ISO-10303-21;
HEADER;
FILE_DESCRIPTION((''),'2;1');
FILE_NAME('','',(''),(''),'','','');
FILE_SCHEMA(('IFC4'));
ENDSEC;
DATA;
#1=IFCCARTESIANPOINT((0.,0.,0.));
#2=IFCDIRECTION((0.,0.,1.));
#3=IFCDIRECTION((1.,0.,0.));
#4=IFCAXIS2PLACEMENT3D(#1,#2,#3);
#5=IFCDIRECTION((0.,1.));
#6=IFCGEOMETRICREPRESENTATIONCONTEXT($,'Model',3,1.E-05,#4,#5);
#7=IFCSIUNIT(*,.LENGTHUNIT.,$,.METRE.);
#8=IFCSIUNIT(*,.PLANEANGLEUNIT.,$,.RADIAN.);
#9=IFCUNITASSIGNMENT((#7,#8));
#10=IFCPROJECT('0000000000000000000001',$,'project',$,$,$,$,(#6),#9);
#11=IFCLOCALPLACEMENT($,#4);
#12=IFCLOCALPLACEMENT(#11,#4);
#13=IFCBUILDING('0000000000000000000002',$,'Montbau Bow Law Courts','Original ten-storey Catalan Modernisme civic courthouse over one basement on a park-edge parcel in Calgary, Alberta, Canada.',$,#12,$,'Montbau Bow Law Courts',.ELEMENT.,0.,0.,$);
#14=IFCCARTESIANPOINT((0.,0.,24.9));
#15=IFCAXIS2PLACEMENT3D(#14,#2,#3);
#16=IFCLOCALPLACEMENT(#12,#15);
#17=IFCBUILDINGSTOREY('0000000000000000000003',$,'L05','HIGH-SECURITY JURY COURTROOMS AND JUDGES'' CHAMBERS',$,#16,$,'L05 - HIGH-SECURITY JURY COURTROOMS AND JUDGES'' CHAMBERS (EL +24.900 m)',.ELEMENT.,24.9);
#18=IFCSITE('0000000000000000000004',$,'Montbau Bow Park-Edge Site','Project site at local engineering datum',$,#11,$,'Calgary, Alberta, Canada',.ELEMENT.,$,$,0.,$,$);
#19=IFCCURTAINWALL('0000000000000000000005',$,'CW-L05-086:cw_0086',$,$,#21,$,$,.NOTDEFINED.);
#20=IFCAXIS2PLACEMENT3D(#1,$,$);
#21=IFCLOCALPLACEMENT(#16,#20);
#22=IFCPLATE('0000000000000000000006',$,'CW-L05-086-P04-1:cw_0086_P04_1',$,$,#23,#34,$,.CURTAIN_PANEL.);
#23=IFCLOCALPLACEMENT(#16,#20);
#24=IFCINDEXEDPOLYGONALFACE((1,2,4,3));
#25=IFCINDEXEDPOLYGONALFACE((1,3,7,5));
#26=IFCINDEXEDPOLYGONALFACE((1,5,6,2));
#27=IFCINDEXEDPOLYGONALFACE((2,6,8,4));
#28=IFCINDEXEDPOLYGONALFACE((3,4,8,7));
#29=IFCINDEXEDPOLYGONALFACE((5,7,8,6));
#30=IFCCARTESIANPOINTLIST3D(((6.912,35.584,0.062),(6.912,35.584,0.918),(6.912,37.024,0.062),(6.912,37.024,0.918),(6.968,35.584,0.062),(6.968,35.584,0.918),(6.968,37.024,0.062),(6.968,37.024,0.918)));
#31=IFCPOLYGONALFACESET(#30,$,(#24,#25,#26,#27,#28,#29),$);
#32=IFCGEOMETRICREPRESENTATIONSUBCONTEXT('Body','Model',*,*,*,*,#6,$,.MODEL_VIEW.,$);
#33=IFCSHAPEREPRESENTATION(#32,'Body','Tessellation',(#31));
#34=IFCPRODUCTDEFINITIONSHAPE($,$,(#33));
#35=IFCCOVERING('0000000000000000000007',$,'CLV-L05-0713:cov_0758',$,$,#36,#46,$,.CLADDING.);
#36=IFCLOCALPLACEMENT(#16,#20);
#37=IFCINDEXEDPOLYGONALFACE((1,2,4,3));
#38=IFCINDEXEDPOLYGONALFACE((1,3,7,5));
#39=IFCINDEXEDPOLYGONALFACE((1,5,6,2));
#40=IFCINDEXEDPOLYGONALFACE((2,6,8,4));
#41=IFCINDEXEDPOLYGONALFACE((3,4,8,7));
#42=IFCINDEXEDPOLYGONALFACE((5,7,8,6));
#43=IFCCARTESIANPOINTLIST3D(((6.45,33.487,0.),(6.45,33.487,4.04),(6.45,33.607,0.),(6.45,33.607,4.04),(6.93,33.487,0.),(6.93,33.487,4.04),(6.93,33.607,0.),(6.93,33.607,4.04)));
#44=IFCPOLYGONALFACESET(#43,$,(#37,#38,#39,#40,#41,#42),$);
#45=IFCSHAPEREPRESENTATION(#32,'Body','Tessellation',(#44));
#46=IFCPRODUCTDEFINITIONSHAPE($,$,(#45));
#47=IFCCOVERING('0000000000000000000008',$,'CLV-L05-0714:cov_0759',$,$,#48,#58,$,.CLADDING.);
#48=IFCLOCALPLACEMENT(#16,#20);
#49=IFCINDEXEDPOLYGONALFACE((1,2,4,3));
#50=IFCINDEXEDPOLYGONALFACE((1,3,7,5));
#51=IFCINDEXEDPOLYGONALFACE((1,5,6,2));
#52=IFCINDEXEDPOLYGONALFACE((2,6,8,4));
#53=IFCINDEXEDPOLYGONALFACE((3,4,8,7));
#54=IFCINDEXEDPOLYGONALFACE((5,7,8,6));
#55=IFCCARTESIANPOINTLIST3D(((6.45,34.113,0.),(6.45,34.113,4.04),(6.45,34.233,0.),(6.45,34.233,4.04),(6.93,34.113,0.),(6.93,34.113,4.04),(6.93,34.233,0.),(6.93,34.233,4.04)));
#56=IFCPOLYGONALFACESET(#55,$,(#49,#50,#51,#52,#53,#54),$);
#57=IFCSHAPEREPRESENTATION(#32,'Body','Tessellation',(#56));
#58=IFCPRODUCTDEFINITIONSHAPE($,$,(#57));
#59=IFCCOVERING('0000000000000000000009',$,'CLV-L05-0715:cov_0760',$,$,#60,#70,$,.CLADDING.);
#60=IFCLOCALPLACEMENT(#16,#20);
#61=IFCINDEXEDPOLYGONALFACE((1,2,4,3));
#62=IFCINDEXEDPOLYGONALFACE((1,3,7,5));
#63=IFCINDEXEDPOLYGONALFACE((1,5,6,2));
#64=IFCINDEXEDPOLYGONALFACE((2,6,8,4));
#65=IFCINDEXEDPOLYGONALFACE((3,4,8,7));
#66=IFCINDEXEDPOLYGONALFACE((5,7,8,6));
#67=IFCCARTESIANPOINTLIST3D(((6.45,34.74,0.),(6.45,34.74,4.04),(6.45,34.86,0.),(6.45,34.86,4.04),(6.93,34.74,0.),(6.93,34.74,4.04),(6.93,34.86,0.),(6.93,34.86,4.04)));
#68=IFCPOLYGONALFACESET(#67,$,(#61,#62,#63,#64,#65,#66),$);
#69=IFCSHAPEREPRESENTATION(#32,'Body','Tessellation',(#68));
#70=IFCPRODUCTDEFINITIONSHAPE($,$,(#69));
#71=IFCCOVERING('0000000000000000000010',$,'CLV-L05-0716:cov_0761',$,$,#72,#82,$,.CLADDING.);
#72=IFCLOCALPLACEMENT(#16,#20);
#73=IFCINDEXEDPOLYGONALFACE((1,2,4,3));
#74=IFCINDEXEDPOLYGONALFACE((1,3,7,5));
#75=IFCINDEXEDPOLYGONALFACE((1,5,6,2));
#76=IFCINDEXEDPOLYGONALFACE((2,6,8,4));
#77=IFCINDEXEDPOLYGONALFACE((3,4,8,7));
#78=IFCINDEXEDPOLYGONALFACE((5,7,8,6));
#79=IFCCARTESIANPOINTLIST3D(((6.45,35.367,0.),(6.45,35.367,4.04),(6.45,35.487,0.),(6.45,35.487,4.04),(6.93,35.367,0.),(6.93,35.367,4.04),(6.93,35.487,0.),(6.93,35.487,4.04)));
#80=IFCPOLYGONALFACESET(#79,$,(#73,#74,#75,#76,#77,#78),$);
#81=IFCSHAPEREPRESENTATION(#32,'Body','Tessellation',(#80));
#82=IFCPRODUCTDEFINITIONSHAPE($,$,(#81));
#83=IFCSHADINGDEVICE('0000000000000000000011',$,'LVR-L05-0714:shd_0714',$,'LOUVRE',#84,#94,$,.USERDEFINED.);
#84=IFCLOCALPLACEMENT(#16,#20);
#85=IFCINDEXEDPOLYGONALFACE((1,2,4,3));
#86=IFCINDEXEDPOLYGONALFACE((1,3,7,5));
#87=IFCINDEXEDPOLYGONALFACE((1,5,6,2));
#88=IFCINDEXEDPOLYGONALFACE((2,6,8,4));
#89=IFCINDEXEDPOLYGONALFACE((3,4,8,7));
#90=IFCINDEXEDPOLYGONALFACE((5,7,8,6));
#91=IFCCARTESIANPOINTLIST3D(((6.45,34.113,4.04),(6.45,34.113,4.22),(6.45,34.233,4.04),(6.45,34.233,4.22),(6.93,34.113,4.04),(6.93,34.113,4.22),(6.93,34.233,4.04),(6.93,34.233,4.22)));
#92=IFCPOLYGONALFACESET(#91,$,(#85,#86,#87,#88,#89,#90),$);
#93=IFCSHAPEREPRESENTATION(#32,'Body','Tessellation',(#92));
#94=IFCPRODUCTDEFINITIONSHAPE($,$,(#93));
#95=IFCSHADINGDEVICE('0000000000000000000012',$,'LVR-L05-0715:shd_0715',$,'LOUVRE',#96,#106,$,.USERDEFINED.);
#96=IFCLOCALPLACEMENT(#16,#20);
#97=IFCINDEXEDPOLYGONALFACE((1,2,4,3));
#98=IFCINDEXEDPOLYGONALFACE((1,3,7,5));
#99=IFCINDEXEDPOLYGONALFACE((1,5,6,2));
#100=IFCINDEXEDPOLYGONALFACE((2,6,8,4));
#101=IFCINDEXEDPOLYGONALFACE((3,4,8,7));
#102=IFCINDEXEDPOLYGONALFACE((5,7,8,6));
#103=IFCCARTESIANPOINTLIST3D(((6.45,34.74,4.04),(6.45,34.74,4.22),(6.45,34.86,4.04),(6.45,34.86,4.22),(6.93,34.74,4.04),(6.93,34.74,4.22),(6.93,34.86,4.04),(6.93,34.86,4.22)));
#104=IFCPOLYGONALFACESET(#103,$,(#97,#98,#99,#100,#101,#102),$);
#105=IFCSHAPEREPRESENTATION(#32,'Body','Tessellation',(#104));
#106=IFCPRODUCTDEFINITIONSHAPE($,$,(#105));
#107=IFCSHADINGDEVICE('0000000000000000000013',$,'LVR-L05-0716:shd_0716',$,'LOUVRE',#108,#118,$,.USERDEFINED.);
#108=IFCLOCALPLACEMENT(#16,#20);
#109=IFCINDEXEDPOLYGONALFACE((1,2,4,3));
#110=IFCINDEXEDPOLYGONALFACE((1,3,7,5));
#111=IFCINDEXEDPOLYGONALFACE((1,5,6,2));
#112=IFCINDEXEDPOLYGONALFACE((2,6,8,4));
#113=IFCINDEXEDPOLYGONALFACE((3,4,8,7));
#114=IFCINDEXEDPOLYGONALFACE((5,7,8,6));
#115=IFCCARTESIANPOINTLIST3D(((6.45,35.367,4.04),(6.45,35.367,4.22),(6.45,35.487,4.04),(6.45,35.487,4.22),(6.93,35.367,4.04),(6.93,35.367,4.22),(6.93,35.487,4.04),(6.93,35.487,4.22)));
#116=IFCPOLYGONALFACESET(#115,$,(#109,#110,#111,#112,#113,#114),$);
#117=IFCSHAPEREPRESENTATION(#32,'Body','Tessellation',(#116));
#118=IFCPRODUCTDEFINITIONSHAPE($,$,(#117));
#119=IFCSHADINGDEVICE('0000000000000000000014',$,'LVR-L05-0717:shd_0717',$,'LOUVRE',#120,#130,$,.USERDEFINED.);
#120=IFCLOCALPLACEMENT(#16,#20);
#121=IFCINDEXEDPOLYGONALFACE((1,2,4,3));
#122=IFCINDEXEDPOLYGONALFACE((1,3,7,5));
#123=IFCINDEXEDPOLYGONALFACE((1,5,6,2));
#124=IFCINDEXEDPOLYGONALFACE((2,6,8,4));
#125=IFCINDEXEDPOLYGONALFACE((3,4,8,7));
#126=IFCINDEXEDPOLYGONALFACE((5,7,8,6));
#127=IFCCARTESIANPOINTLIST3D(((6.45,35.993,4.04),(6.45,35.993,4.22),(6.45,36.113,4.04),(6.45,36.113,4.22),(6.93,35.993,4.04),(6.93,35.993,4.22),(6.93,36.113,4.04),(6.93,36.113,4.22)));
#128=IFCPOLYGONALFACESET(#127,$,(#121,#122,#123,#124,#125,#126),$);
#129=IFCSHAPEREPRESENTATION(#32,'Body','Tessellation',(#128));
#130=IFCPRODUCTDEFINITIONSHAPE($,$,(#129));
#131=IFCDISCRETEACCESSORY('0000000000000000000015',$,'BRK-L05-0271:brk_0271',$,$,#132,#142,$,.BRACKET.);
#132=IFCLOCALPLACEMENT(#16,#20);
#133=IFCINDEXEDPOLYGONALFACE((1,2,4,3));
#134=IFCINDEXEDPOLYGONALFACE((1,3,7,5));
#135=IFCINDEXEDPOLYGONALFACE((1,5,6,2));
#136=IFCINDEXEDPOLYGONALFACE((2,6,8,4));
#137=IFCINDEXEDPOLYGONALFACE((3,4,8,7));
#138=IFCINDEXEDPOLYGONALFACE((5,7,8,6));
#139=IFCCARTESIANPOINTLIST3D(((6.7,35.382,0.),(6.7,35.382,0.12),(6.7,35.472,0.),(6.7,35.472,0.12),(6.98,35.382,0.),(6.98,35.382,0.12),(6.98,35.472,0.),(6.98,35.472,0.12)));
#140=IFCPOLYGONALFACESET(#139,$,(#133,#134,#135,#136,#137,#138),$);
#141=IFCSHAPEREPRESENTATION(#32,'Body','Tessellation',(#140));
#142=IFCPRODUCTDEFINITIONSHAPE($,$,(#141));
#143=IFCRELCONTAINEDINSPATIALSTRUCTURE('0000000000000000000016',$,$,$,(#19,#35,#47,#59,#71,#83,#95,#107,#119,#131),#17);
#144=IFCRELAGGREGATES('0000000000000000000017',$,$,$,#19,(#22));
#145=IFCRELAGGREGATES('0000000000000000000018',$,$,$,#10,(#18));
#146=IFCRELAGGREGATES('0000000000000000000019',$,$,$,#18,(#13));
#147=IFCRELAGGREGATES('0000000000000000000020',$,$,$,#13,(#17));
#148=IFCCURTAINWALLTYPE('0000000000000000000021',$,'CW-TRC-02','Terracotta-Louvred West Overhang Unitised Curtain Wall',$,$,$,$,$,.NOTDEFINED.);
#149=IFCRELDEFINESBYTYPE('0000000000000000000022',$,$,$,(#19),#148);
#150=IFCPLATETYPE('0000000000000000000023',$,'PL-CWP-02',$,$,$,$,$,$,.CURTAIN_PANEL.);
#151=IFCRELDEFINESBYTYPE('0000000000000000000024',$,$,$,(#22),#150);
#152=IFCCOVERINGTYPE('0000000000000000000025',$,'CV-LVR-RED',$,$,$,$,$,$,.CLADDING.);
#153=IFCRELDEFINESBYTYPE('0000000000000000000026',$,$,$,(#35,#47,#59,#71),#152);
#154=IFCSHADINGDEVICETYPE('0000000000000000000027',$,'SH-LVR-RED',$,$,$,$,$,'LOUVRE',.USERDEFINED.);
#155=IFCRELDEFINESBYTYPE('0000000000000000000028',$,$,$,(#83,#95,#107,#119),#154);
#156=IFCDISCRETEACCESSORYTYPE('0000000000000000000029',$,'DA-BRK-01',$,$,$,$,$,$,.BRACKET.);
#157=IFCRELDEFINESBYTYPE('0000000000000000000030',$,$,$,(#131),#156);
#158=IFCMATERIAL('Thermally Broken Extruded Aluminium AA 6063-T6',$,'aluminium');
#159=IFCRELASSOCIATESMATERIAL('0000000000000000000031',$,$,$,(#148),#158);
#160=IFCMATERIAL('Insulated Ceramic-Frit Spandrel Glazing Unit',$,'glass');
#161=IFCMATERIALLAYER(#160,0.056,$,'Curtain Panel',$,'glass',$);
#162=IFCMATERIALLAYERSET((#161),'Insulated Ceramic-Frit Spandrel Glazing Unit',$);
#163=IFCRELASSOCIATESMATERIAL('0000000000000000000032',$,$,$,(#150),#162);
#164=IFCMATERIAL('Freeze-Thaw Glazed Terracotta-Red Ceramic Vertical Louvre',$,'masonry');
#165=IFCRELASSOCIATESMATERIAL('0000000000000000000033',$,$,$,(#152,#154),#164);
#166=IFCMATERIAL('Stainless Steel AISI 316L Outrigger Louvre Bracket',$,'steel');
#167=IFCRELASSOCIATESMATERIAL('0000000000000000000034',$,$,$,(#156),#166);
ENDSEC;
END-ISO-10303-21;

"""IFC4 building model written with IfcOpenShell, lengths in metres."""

from ifc_helpers import new_model, si_unit, direction, frame, frame_2d, origin_with_axes, origin_2d_with_axis, place, context, subcontext, project, spatial, rectangle, extrude, material, layer, layer_set, type_object, element, aggregate, save


model = new_model("IFC4")

# Units and contexts
model_context = context("Model", 3, precision=1e-05, world=origin_with_axes(), true_north=direction((0.0, 1.0)))
body_context = subcontext(model_context, "Body", "Model", "MODEL_VIEW")
ifc_project = project(units=[si_unit("LENGTHUNIT", "METRE"), si_unit("PLANEANGLEUNIT", "RADIAN")], contexts=[model_context])

# Site, building, storey
site_placement = place(None, origin_with_axes())
site = spatial("IfcSite", under=ifc_project, at=site_placement, Name="Montbau Bow Park-Edge Site", Description="Project site at local engineering datum", LongName="Calgary, Alberta, Canada", CompositionType="ELEMENT", RefElevation=0.0)
building_placement = place(site_placement, origin_with_axes())
building = spatial("IfcBuilding", under=site, at=building_placement, Name="Montbau Bow Law Courts", Description="Original ten-storey Catalan Modernisme civic courthouse over one basement on a park-edge parcel in Calgary, Alberta, Canada.", LongName="Montbau Bow Law Courts", CompositionType="ELEMENT", ElevationOfRefHeight=0.0, ElevationOfTerrain=0.0)
storey_placement = place(building_placement, frame((0.0, 0.0, 24.9), z_axis=(0.0, 0.0, 1.0), x_axis=(1.0, 0.0, 0.0)))
storey = spatial("IfcBuildingStorey", under=building, at=storey_placement, Name="L05", Description="HIGH-SECURITY JURY COURTROOMS AND JUDGES' CHAMBERS", LongName="L05 - HIGH-SECURITY JURY COURTROOMS AND JUDGES' CHAMBERS (EL +24.900 m)", CompositionType="ELEMENT", Elevation=24.9)

# Curtain wall, plate
ifc_material_1 = material(Name="Thermally Broken Extruded Aluminium AA 6063-T6", Category="aluminium")
curtain_wall_type = type_object("IfcCurtainWallType", Name="CW-TRC-02", Description="Terracotta-Louvred West Overhang Unitised Curtain Wall", PredefinedType="NOTDEFINED", material=ifc_material_1)
curtain_wall_placement = place(None, frame((6.94, 31.04, 24.9), z_axis=(0.0, 0.0, 1.0), x_axis=(1.0, 0.0, 0.0)))
curtain_wall = element("IfcCurtainWall", 1, at=curtain_wall_placement, inside=storey, type_object=curtain_wall_type, Name="CW-L05-086:cw_0086", PredefinedType="NOTDEFINED")
ifc_material_2 = material(Name="Insulated Ceramic-Frit Spandrel Glazing Unit", Category="glass")
ifc_layer_1 = layer(ifc_material_2, 0.056, Name="Curtain Panel", Category="glass")
ifc_layer_set_1 = layer_set([ifc_layer_1], Name="Insulated Ceramic-Frit Spandrel Glazing Unit")
plate_type_1 = type_object("IfcPlateType", Name="PL-CWP-02", PredefinedType="CURTAIN_PANEL", material=ifc_layer_set_1)
plate_1_placement = place(None, frame((6.94, 35.584, 24.962), z_axis=(1.0, 0.0, 0.0), x_axis=(0.0, 1.0, 0.0)))
plate_1 = element("IfcPlate", 2, at=plate_1_placement, type_object=plate_type_1, Name="CW-L05-086-P04-1:cw_0086_P04_1", PredefinedType="CURTAIN_PANEL", context=body_context, shape_type="SweptSolid", body=[
    extrude(rectangle(XDim=1.44, YDim=0.856, at=frame_2d((0.72, 0.428), x_axis=(1.0, 0.0))), frame((0.0, 0.0, -0.028), z_axis=(0.0, 0.0, 1.0), x_axis=(1.0, 0.0, 0.0)), (0.0, 0.0, 1.0), 0.056),
])
aggregate(curtain_wall, [plate_1])

# Coverings
ifc_material_3 = material(Name="Freeze-Thaw Glazed Terracotta-Red Ceramic Vertical Louvre", Category="masonry")
covering_type = type_object("IfcCoveringType", Name="CV-LVR-RED", PredefinedType="CLADDING", material=ifc_material_3)
for number, where, z_axis, x_axis, name in (
    (3, (6.93, 33.547, 24.9), (0.0, 1.0, 0.0), (-1.0, 0.0, 0.0), "CLV-L05-0713:cov_0758"),
    (4, (6.93, 34.173, 24.9), (0.0, 1.0, 0.0), (-1.0, 0.0, 0.0), "CLV-L05-0714:cov_0759"),
    (5, (6.93, 34.8, 24.9), (0.0, 1.0, 0.0), (-1.0, 0.0, 0.0), "CLV-L05-0715:cov_0760"),
    (6, (6.93, 35.427, 24.9), (0.0, 1.0, 0.0), (-1.0, 0.0, 0.0), "CLV-L05-0716:cov_0761"),
):
    element("IfcCovering", number, at=place(None, frame(where, z_axis=z_axis, x_axis=x_axis)), inside=storey, type_object=covering_type, Name=name, PredefinedType="CLADDING", context=body_context, shape_type="SweptSolid", body=[
        extrude(rectangle(XDim=0.48, YDim=4.04, at=frame_2d((0.24, 2.02), x_axis=(1.0, 0.0))), frame((0.0, 0.0, -0.06), z_axis=(0.0, 0.0, 1.0), x_axis=(1.0, 0.0, 0.0)), (0.0, 0.0, 1.0), 0.12),
    ])

# Shading devices
shading_device_type = type_object("IfcShadingDeviceType", Name="SH-LVR-RED", ElementType="LOUVRE", PredefinedType="USERDEFINED", material=ifc_material_3)
for number, where, z_axis, x_axis, name in (
    (7, (6.69, 34.173, 28.94), (0.0, 0.0, 1.0), (-1.0, 0.0, 0.0), "LVR-L05-0714:shd_0714"),
    (8, (6.69, 34.8, 28.94), (0.0, 0.0, 1.0), (-1.0, 0.0, 0.0), "LVR-L05-0715:shd_0715"),
    (9, (6.69, 35.427, 28.94), (0.0, 0.0, 1.0), (-1.0, 0.0, 0.0), "LVR-L05-0716:shd_0716"),
    (10, (6.69, 36.053, 28.94), (0.0, 0.0, 1.0), (-1.0, 0.0, 0.0), "LVR-L05-0717:shd_0717"),
):
    element("IfcShadingDevice", number, at=place(None, frame(where, z_axis=z_axis, x_axis=x_axis)), inside=storey, type_object=shading_device_type, Name=name, ObjectType="LOUVRE", PredefinedType="USERDEFINED", context=body_context, shape_type="SweptSolid", body=[
        extrude(rectangle(XDim=0.48, YDim=0.12, at=origin_2d_with_axis()), origin_with_axes(), (0.0, 0.0, 1.0), 0.18),
    ])

# Discrete accessory
ifc_material_4 = material(Name="Stainless Steel AISI 316L Outrigger Louvre Bracket", Category="steel")
discrete_accessory_type = type_object("IfcDiscreteAccessoryType", Name="DA-BRK-01", PredefinedType="BRACKET", material=ifc_material_4)
discrete_accessory_placement = place(None, frame((6.84, 35.427, 24.9), z_axis=(0.0, 0.0, 1.0), x_axis=(-1.0, 0.0, 0.0)))
element("IfcDiscreteAccessory", 11, at=discrete_accessory_placement, inside=storey, type_object=discrete_accessory_type, Name="BRK-L05-0271:brk_0271", PredefinedType="BRACKET", context=body_context, shape_type="SweptSolid", body=[
    extrude(rectangle(XDim=0.28, YDim=0.09, at=origin_2d_with_axis()), origin_with_axes(), (0.0, 0.0, 1.0), 0.12),
])

save(model, "model.ifc")
